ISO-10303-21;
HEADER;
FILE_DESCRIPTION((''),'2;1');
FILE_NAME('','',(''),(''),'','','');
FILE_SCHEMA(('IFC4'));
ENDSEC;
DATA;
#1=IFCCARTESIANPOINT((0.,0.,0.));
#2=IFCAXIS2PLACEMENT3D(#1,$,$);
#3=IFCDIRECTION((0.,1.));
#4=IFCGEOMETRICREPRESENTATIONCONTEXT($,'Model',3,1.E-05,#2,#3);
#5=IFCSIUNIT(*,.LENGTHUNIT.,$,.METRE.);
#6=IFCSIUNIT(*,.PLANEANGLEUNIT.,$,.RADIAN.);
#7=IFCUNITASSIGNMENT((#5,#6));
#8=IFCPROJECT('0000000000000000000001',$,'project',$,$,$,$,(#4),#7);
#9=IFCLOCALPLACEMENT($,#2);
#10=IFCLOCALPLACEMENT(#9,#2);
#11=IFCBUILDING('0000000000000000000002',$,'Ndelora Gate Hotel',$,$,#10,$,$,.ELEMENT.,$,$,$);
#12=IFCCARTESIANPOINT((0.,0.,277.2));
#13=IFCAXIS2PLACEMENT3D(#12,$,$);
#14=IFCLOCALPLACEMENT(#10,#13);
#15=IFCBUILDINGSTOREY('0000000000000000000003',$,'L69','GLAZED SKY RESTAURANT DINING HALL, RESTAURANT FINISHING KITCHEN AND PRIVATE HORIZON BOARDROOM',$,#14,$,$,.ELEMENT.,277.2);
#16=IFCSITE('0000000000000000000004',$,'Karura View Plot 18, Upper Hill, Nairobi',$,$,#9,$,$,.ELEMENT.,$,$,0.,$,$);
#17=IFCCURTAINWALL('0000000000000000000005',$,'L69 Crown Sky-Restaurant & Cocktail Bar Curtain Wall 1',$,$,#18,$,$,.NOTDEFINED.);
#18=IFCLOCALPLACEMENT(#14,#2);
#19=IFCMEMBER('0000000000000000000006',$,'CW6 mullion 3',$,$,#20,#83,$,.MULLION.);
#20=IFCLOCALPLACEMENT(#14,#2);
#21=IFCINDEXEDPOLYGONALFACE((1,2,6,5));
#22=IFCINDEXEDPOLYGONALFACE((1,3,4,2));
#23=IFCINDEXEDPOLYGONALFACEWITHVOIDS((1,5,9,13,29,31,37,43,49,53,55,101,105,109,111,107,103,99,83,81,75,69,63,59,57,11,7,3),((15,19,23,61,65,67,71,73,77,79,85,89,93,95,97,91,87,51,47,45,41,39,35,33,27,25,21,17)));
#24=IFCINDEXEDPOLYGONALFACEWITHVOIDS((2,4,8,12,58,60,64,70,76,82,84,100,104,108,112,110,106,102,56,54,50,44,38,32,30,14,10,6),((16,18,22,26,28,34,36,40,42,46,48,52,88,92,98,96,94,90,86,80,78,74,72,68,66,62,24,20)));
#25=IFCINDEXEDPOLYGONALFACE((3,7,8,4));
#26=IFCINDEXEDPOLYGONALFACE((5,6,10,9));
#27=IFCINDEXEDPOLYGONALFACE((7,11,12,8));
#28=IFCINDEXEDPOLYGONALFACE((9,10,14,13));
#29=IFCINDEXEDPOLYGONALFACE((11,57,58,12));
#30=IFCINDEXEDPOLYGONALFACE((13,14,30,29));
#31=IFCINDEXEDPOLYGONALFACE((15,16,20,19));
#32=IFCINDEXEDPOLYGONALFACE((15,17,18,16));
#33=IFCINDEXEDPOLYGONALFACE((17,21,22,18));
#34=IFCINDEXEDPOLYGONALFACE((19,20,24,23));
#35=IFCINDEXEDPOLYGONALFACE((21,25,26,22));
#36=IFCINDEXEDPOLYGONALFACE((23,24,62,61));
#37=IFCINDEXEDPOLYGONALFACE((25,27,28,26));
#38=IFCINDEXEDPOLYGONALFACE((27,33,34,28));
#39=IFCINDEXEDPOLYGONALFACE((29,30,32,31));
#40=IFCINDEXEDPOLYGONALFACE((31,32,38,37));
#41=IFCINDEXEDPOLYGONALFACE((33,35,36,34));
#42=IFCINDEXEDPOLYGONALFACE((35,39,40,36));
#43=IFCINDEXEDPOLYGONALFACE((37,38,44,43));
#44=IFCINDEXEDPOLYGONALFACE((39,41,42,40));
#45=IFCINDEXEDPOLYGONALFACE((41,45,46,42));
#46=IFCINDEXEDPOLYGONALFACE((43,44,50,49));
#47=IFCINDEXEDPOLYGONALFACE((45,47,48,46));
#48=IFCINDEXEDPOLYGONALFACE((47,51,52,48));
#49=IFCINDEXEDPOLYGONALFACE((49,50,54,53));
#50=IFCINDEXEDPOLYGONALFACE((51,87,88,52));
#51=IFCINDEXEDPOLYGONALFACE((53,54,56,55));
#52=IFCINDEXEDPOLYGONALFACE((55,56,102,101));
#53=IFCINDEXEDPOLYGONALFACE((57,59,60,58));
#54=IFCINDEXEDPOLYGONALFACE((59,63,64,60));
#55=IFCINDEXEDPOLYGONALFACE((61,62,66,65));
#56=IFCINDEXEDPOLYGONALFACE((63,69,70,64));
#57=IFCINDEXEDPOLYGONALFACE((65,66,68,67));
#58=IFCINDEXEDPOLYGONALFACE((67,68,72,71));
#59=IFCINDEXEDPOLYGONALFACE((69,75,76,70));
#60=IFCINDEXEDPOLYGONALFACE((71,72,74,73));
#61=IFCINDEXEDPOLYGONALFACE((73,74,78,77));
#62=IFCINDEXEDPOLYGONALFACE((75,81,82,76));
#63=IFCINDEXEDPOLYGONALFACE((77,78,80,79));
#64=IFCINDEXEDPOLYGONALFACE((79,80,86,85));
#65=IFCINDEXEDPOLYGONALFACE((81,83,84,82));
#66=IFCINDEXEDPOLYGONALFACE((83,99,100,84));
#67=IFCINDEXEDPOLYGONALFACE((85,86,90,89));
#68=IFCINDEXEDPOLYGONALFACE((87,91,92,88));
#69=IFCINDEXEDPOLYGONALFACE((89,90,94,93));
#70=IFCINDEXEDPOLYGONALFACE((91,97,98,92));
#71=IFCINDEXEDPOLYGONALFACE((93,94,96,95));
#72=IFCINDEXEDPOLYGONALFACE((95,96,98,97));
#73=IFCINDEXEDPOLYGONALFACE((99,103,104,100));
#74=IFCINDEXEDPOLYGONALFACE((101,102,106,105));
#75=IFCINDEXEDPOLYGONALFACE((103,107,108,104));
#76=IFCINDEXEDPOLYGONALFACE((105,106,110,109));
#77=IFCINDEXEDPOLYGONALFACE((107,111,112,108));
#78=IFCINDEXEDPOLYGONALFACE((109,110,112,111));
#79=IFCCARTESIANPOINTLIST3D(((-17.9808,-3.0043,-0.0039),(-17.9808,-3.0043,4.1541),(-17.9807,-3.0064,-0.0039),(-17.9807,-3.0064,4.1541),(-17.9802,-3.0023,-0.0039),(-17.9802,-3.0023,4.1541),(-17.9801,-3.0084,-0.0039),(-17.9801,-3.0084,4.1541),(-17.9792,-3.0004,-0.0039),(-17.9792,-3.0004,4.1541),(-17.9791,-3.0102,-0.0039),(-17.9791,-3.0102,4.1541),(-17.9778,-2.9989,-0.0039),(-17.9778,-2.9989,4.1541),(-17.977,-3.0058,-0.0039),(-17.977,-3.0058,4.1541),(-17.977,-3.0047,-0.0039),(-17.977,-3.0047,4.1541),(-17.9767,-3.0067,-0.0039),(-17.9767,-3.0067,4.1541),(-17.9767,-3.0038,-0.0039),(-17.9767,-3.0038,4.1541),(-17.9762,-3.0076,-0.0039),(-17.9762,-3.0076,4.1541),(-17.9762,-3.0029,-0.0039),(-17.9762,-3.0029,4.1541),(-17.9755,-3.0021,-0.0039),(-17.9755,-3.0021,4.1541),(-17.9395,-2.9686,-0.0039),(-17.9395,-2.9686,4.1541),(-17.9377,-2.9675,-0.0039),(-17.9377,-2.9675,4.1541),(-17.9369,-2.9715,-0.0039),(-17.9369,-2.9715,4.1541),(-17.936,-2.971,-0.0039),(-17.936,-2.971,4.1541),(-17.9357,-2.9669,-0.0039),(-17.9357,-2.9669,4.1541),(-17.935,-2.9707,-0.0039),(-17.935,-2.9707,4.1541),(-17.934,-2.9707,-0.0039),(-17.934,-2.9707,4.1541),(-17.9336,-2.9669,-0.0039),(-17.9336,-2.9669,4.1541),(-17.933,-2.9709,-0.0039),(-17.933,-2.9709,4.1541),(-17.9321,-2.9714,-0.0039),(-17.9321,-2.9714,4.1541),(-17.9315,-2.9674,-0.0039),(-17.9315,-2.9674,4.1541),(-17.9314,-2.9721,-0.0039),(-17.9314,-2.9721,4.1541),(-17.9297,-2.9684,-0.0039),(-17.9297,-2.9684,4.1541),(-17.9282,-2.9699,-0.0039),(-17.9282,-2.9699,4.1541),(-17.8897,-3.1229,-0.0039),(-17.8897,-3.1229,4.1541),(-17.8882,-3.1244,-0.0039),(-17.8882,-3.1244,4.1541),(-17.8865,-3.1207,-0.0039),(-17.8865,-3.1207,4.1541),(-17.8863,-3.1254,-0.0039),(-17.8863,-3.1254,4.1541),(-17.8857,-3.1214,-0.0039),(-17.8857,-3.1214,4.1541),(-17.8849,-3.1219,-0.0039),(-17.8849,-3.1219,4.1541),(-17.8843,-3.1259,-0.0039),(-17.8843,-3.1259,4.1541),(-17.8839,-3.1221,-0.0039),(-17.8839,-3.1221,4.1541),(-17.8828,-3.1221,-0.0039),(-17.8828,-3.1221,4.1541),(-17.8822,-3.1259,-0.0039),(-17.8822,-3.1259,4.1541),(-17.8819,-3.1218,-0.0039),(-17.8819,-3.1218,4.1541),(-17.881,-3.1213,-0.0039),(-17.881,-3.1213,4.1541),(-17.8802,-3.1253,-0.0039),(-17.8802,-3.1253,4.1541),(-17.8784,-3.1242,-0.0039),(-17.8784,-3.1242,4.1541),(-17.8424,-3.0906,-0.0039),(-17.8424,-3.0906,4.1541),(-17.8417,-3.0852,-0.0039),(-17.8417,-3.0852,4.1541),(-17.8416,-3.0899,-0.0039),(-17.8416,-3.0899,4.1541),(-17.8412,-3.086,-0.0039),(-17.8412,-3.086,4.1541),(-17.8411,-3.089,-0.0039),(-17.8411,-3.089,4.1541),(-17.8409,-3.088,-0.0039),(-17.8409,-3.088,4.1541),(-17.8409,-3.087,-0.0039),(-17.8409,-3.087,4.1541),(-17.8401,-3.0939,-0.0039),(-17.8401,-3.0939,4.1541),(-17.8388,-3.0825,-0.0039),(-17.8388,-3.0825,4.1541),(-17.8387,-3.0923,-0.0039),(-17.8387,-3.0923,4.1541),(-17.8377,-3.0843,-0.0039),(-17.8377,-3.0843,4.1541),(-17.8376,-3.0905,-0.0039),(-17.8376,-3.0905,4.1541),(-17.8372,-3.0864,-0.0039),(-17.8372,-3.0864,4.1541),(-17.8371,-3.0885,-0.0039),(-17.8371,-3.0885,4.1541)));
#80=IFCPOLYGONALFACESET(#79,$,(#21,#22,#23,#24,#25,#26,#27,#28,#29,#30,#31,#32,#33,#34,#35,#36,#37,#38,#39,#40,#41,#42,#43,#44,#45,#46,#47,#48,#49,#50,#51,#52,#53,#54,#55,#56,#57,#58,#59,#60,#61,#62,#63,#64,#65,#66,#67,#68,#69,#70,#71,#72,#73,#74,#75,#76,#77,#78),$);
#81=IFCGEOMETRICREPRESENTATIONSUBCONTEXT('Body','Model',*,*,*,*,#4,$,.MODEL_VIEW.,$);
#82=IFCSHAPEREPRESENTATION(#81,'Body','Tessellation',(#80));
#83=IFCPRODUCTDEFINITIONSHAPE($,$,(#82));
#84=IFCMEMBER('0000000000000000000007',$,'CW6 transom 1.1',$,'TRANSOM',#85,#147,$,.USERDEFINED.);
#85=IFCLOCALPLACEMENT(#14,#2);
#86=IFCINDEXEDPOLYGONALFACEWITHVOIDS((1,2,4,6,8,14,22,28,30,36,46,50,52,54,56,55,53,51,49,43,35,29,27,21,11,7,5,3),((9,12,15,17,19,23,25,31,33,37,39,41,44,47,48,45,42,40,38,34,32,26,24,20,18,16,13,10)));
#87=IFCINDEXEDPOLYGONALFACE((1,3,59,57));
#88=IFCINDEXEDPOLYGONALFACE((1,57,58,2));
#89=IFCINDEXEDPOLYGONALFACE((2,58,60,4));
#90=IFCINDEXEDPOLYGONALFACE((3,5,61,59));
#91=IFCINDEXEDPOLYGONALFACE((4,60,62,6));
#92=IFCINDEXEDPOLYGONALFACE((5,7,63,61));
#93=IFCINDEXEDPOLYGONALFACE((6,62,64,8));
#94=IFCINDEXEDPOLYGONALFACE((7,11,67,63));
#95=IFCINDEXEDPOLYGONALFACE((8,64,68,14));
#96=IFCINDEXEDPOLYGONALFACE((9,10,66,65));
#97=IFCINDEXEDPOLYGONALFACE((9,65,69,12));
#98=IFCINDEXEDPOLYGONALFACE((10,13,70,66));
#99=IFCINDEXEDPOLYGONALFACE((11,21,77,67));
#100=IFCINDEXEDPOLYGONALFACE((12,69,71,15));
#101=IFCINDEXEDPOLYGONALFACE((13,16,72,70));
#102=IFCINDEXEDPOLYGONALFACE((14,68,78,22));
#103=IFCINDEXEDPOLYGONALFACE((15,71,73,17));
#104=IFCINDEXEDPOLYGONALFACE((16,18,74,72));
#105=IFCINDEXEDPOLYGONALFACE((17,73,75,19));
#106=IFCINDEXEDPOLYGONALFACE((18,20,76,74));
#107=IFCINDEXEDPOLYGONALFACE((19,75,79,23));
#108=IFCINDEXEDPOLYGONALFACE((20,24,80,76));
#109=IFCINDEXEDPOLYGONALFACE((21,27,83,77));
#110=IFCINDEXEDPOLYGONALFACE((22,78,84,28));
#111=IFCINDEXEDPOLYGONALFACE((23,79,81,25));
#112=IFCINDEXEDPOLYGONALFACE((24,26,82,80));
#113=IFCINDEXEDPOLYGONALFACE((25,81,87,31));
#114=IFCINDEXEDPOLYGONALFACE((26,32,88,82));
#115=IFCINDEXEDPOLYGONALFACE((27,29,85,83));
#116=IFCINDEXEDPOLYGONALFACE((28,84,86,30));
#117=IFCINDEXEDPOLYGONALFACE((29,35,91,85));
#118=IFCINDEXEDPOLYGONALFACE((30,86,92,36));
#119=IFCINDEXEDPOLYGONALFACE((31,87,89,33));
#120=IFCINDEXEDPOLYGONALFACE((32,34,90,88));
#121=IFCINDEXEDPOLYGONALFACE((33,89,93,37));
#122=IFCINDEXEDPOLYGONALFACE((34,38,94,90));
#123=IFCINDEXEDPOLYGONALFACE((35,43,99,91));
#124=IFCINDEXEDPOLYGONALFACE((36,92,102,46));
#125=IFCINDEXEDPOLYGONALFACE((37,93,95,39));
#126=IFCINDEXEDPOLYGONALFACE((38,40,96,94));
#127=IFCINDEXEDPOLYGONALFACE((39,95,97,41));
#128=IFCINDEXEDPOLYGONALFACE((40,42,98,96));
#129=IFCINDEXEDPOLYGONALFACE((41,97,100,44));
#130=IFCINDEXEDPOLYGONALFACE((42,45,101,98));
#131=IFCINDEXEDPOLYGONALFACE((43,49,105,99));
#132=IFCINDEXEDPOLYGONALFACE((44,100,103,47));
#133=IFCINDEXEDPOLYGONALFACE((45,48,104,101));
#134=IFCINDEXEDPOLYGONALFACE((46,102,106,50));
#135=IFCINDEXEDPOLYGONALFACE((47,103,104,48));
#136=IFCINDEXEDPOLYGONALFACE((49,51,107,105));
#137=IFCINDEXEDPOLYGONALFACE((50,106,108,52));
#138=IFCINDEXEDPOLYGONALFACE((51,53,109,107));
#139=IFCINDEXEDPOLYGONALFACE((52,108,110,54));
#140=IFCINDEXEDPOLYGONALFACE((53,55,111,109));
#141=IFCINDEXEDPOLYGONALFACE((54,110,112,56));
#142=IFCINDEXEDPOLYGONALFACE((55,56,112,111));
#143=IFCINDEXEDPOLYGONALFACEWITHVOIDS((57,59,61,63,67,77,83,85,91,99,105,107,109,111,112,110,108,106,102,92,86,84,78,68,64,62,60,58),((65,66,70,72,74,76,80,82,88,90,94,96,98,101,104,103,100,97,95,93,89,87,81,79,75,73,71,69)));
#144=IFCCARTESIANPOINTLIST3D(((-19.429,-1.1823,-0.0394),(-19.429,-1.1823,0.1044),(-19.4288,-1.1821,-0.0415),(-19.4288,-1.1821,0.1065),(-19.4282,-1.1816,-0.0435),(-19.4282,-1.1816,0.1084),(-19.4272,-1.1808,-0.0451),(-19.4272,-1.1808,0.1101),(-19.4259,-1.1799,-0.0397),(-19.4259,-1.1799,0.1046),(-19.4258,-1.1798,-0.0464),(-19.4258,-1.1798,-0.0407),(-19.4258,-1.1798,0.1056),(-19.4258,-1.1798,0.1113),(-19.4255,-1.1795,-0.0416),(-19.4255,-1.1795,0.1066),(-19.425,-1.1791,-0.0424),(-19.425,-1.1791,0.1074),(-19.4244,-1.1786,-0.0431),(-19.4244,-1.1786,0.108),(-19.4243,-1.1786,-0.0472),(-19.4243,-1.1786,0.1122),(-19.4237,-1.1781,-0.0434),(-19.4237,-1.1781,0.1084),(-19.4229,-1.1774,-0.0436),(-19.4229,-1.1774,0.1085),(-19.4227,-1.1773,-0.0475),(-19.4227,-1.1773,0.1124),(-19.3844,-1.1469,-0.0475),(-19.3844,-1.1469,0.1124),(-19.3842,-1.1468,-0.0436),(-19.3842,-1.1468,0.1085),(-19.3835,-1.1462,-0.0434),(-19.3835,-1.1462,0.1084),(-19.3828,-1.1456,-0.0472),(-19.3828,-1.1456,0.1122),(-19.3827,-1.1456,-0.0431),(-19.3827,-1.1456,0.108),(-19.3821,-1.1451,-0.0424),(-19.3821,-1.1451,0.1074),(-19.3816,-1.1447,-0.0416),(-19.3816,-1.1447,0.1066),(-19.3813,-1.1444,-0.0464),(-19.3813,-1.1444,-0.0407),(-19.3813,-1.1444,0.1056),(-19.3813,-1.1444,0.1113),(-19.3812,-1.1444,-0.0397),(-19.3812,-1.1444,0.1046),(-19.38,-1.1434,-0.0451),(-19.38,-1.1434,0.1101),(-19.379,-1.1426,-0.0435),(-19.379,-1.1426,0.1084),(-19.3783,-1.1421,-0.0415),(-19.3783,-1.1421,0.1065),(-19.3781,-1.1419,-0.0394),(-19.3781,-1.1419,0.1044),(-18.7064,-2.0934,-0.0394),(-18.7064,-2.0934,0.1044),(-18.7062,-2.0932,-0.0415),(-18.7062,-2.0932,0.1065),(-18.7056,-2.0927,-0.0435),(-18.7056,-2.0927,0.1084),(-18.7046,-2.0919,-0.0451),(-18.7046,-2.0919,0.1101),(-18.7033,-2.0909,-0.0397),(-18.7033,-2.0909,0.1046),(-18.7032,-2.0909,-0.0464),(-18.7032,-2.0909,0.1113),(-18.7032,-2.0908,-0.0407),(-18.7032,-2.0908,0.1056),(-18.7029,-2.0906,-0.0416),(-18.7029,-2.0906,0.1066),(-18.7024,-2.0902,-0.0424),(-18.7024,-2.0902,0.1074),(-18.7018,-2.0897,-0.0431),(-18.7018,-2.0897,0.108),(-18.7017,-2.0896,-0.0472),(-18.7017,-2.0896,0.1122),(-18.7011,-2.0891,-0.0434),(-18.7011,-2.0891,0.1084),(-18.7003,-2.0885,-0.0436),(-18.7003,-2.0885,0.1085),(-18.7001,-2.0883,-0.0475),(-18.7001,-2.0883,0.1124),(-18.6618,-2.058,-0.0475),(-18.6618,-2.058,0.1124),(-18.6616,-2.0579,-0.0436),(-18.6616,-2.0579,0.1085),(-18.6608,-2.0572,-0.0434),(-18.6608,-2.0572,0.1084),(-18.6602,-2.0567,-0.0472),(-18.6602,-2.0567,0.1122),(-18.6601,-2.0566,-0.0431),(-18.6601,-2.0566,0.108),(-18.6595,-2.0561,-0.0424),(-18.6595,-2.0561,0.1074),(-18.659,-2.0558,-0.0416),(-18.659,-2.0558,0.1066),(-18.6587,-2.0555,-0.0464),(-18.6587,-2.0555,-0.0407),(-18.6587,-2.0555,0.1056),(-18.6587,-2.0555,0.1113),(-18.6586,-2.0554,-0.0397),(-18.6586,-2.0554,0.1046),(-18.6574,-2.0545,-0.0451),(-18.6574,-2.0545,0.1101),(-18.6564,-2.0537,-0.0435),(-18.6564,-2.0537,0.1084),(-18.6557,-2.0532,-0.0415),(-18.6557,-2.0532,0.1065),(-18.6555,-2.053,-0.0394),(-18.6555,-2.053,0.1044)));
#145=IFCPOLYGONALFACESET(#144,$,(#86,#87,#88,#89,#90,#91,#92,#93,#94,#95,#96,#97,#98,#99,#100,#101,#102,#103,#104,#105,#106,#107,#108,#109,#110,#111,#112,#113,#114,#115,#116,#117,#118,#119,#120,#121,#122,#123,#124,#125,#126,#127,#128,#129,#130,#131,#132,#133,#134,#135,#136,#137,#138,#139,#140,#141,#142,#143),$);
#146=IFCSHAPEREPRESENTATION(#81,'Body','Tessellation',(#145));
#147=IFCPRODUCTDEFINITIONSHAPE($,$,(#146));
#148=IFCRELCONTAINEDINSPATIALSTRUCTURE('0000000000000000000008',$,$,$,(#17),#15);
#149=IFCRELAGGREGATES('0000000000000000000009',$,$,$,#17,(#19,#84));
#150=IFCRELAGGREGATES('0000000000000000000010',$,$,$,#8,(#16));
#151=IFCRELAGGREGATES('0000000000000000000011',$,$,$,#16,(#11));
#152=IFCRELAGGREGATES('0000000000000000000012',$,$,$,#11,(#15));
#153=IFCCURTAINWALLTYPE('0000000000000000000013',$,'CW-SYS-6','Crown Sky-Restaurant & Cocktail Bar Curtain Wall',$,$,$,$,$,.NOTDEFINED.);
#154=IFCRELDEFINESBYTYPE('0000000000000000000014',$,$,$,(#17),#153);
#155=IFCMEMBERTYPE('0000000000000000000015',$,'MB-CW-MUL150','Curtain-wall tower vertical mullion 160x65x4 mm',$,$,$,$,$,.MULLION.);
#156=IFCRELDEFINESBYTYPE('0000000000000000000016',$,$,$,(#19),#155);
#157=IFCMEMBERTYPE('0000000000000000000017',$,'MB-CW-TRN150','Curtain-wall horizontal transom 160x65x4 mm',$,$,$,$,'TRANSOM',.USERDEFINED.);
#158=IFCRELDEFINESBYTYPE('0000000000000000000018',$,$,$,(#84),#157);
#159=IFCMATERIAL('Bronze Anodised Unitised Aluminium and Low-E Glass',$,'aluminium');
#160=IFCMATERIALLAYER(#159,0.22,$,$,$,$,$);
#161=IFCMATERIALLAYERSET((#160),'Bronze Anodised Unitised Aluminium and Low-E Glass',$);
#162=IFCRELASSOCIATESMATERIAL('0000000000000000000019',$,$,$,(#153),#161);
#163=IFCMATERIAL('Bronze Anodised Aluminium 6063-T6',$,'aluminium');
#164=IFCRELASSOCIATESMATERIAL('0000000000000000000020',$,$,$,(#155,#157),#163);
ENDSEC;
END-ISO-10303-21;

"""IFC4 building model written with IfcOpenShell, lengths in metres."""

from ifc_helpers import new_model, si_unit, direction, frame, origin, origin_2d, place, context, subcontext, project, spatial, hollow_rectangle, extrude, material, layer, layer_set, material_profile, profile_set, type_object, element, aggregate, save


model = new_model("IFC4")

# Units and contexts
model_context = context("Model", 3, precision=1e-05, world=origin(), true_north=direction((0.0, 1.0)))
body_context = subcontext(model_context, "Body", "Model", "MODEL_VIEW")
ifc_project = project(units=[si_unit("LENGTHUNIT", "METRE"), si_unit("PLANEANGLEUNIT", "RADIAN")], contexts=[model_context])

# Site, building, storey
site_placement = place(None, origin())
site = spatial("IfcSite", under=ifc_project, at=site_placement, Name="Karura View Plot 18, Upper Hill, Nairobi", CompositionType="ELEMENT", RefElevation=0.0)
building_placement = place(site_placement, origin())
building = spatial("IfcBuilding", under=site, at=building_placement, Name="Ndelora Gate Hotel", CompositionType="ELEMENT")
storey_placement = place(building_placement, frame((0.0, 0.0, 277.2)))
storey = spatial("IfcBuildingStorey", under=building, at=storey_placement, Name="L69", Description="GLAZED SKY RESTAURANT DINING HALL, RESTAURANT FINISHING KITCHEN AND PRIVATE HORIZON BOARDROOM", CompositionType="ELEMENT", Elevation=277.2)

# Curtain wall, members
ifc_material_1 = material(Name="Bronze Anodised Unitised Aluminium and Low-E Glass", Category="aluminium")
ifc_layer_1 = layer(ifc_material_1, 0.22)
ifc_layer_set_1 = layer_set([ifc_layer_1], Name="Bronze Anodised Unitised Aluminium and Low-E Glass")
curtain_wall_type = type_object("IfcCurtainWallType", Name="CW-SYS-6", Description="Crown Sky-Restaurant & Cocktail Bar Curtain Wall", PredefinedType="NOTDEFINED", material=ifc_layer_set_1)
curtain_wall_placement = place(storey_placement, origin())
curtain_wall = element("IfcCurtainWall", 1, at=curtain_wall_placement, inside=storey, type_object=curtain_wall_type, Name="L69 Crown Sky-Restaurant & Cocktail Bar Curtain Wall 1", PredefinedType="NOTDEFINED")
ifc_material_2 = material(Name="Bronze Anodised Aluminium 6063-T6", Category="aluminium")
ifc_material_profile_1 = material_profile(ifc_material_2, hollow_rectangle(XDim=0.0649, YDim=0.1599, WallThickness=0.0039, InnerFilletRadius=0.0039, OuterFilletRadius=0.0081, at=origin_2d()), Name="ALU 160x65x4")
ifc_profile_set_1 = profile_set([ifc_material_profile_1], Name="Bronze Anodised Aluminium 6063-T6")
member_type_1 = type_object("IfcMemberType", Name="MB-CW-MUL150", Description="Curtain-wall tower vertical mullion 160x65x4 mm", PredefinedType="MULLION", material=ifc_profile_set_1)
member_1_placement = place(storey_placement, frame((-17.9089, -3.0464, -0.0039), z_axis=(0.0, 0.0, 1.0), x_axis=(0.78341, 0.621505, 0.0)))
member_1 = element("IfcMember", 2, at=member_1_placement, type_object=member_type_1, Name="CW6 mullion 3", PredefinedType="MULLION", context=body_context, shape_type="SweptSolid", body=[
    extrude(hollow_rectangle(XDim=0.0649, YDim=0.1599, WallThickness=0.0039, InnerFilletRadius=0.0039, OuterFilletRadius=0.0081, at=origin_2d()), origin(), (0.0, 0.0, 1.0), 4.158),
])
ifc_material_profile_2 = material_profile(ifc_material_2, hollow_rectangle(XDim=0.0649, YDim=0.1599, WallThickness=0.0039, InnerFilletRadius=0.0039, OuterFilletRadius=0.0081, at=origin_2d()), Name="ALU 160x65x4")
ifc_profile_set_2 = profile_set([ifc_material_profile_2], Name="Bronze Anodised Aluminium 6063-T6")
member_type_2 = type_object("IfcMemberType", Name="MB-CW-TRN150", Description="Curtain-wall horizontal transom 160x65x4 mm", ElementType="TRANSOM", PredefinedType="USERDEFINED", material=ifc_profile_set_2)
member_2_placement = place(storey_placement, frame((-19.4036, -1.1621, 0.0325), z_axis=(0.621412, -0.783484, 0.0), x_axis=(0.783484, 0.621412, 0.0)))
member_2 = element("IfcMember", 3, at=member_2_placement, type_object=member_type_2, Name="CW6 transom 1.1", ObjectType="TRANSOM", PredefinedType="USERDEFINED", context=body_context, shape_type="SweptSolid", body=[
    extrude(hollow_rectangle(XDim=0.0649, YDim=0.1599, WallThickness=0.0039, InnerFilletRadius=0.0039, OuterFilletRadius=0.0081, at=origin_2d()), origin(), (0.0, 0.0, 1.0), 1.1628),
])
aggregate(curtain_wall, [member_1, member_2])

save(model, "model.ifc")
